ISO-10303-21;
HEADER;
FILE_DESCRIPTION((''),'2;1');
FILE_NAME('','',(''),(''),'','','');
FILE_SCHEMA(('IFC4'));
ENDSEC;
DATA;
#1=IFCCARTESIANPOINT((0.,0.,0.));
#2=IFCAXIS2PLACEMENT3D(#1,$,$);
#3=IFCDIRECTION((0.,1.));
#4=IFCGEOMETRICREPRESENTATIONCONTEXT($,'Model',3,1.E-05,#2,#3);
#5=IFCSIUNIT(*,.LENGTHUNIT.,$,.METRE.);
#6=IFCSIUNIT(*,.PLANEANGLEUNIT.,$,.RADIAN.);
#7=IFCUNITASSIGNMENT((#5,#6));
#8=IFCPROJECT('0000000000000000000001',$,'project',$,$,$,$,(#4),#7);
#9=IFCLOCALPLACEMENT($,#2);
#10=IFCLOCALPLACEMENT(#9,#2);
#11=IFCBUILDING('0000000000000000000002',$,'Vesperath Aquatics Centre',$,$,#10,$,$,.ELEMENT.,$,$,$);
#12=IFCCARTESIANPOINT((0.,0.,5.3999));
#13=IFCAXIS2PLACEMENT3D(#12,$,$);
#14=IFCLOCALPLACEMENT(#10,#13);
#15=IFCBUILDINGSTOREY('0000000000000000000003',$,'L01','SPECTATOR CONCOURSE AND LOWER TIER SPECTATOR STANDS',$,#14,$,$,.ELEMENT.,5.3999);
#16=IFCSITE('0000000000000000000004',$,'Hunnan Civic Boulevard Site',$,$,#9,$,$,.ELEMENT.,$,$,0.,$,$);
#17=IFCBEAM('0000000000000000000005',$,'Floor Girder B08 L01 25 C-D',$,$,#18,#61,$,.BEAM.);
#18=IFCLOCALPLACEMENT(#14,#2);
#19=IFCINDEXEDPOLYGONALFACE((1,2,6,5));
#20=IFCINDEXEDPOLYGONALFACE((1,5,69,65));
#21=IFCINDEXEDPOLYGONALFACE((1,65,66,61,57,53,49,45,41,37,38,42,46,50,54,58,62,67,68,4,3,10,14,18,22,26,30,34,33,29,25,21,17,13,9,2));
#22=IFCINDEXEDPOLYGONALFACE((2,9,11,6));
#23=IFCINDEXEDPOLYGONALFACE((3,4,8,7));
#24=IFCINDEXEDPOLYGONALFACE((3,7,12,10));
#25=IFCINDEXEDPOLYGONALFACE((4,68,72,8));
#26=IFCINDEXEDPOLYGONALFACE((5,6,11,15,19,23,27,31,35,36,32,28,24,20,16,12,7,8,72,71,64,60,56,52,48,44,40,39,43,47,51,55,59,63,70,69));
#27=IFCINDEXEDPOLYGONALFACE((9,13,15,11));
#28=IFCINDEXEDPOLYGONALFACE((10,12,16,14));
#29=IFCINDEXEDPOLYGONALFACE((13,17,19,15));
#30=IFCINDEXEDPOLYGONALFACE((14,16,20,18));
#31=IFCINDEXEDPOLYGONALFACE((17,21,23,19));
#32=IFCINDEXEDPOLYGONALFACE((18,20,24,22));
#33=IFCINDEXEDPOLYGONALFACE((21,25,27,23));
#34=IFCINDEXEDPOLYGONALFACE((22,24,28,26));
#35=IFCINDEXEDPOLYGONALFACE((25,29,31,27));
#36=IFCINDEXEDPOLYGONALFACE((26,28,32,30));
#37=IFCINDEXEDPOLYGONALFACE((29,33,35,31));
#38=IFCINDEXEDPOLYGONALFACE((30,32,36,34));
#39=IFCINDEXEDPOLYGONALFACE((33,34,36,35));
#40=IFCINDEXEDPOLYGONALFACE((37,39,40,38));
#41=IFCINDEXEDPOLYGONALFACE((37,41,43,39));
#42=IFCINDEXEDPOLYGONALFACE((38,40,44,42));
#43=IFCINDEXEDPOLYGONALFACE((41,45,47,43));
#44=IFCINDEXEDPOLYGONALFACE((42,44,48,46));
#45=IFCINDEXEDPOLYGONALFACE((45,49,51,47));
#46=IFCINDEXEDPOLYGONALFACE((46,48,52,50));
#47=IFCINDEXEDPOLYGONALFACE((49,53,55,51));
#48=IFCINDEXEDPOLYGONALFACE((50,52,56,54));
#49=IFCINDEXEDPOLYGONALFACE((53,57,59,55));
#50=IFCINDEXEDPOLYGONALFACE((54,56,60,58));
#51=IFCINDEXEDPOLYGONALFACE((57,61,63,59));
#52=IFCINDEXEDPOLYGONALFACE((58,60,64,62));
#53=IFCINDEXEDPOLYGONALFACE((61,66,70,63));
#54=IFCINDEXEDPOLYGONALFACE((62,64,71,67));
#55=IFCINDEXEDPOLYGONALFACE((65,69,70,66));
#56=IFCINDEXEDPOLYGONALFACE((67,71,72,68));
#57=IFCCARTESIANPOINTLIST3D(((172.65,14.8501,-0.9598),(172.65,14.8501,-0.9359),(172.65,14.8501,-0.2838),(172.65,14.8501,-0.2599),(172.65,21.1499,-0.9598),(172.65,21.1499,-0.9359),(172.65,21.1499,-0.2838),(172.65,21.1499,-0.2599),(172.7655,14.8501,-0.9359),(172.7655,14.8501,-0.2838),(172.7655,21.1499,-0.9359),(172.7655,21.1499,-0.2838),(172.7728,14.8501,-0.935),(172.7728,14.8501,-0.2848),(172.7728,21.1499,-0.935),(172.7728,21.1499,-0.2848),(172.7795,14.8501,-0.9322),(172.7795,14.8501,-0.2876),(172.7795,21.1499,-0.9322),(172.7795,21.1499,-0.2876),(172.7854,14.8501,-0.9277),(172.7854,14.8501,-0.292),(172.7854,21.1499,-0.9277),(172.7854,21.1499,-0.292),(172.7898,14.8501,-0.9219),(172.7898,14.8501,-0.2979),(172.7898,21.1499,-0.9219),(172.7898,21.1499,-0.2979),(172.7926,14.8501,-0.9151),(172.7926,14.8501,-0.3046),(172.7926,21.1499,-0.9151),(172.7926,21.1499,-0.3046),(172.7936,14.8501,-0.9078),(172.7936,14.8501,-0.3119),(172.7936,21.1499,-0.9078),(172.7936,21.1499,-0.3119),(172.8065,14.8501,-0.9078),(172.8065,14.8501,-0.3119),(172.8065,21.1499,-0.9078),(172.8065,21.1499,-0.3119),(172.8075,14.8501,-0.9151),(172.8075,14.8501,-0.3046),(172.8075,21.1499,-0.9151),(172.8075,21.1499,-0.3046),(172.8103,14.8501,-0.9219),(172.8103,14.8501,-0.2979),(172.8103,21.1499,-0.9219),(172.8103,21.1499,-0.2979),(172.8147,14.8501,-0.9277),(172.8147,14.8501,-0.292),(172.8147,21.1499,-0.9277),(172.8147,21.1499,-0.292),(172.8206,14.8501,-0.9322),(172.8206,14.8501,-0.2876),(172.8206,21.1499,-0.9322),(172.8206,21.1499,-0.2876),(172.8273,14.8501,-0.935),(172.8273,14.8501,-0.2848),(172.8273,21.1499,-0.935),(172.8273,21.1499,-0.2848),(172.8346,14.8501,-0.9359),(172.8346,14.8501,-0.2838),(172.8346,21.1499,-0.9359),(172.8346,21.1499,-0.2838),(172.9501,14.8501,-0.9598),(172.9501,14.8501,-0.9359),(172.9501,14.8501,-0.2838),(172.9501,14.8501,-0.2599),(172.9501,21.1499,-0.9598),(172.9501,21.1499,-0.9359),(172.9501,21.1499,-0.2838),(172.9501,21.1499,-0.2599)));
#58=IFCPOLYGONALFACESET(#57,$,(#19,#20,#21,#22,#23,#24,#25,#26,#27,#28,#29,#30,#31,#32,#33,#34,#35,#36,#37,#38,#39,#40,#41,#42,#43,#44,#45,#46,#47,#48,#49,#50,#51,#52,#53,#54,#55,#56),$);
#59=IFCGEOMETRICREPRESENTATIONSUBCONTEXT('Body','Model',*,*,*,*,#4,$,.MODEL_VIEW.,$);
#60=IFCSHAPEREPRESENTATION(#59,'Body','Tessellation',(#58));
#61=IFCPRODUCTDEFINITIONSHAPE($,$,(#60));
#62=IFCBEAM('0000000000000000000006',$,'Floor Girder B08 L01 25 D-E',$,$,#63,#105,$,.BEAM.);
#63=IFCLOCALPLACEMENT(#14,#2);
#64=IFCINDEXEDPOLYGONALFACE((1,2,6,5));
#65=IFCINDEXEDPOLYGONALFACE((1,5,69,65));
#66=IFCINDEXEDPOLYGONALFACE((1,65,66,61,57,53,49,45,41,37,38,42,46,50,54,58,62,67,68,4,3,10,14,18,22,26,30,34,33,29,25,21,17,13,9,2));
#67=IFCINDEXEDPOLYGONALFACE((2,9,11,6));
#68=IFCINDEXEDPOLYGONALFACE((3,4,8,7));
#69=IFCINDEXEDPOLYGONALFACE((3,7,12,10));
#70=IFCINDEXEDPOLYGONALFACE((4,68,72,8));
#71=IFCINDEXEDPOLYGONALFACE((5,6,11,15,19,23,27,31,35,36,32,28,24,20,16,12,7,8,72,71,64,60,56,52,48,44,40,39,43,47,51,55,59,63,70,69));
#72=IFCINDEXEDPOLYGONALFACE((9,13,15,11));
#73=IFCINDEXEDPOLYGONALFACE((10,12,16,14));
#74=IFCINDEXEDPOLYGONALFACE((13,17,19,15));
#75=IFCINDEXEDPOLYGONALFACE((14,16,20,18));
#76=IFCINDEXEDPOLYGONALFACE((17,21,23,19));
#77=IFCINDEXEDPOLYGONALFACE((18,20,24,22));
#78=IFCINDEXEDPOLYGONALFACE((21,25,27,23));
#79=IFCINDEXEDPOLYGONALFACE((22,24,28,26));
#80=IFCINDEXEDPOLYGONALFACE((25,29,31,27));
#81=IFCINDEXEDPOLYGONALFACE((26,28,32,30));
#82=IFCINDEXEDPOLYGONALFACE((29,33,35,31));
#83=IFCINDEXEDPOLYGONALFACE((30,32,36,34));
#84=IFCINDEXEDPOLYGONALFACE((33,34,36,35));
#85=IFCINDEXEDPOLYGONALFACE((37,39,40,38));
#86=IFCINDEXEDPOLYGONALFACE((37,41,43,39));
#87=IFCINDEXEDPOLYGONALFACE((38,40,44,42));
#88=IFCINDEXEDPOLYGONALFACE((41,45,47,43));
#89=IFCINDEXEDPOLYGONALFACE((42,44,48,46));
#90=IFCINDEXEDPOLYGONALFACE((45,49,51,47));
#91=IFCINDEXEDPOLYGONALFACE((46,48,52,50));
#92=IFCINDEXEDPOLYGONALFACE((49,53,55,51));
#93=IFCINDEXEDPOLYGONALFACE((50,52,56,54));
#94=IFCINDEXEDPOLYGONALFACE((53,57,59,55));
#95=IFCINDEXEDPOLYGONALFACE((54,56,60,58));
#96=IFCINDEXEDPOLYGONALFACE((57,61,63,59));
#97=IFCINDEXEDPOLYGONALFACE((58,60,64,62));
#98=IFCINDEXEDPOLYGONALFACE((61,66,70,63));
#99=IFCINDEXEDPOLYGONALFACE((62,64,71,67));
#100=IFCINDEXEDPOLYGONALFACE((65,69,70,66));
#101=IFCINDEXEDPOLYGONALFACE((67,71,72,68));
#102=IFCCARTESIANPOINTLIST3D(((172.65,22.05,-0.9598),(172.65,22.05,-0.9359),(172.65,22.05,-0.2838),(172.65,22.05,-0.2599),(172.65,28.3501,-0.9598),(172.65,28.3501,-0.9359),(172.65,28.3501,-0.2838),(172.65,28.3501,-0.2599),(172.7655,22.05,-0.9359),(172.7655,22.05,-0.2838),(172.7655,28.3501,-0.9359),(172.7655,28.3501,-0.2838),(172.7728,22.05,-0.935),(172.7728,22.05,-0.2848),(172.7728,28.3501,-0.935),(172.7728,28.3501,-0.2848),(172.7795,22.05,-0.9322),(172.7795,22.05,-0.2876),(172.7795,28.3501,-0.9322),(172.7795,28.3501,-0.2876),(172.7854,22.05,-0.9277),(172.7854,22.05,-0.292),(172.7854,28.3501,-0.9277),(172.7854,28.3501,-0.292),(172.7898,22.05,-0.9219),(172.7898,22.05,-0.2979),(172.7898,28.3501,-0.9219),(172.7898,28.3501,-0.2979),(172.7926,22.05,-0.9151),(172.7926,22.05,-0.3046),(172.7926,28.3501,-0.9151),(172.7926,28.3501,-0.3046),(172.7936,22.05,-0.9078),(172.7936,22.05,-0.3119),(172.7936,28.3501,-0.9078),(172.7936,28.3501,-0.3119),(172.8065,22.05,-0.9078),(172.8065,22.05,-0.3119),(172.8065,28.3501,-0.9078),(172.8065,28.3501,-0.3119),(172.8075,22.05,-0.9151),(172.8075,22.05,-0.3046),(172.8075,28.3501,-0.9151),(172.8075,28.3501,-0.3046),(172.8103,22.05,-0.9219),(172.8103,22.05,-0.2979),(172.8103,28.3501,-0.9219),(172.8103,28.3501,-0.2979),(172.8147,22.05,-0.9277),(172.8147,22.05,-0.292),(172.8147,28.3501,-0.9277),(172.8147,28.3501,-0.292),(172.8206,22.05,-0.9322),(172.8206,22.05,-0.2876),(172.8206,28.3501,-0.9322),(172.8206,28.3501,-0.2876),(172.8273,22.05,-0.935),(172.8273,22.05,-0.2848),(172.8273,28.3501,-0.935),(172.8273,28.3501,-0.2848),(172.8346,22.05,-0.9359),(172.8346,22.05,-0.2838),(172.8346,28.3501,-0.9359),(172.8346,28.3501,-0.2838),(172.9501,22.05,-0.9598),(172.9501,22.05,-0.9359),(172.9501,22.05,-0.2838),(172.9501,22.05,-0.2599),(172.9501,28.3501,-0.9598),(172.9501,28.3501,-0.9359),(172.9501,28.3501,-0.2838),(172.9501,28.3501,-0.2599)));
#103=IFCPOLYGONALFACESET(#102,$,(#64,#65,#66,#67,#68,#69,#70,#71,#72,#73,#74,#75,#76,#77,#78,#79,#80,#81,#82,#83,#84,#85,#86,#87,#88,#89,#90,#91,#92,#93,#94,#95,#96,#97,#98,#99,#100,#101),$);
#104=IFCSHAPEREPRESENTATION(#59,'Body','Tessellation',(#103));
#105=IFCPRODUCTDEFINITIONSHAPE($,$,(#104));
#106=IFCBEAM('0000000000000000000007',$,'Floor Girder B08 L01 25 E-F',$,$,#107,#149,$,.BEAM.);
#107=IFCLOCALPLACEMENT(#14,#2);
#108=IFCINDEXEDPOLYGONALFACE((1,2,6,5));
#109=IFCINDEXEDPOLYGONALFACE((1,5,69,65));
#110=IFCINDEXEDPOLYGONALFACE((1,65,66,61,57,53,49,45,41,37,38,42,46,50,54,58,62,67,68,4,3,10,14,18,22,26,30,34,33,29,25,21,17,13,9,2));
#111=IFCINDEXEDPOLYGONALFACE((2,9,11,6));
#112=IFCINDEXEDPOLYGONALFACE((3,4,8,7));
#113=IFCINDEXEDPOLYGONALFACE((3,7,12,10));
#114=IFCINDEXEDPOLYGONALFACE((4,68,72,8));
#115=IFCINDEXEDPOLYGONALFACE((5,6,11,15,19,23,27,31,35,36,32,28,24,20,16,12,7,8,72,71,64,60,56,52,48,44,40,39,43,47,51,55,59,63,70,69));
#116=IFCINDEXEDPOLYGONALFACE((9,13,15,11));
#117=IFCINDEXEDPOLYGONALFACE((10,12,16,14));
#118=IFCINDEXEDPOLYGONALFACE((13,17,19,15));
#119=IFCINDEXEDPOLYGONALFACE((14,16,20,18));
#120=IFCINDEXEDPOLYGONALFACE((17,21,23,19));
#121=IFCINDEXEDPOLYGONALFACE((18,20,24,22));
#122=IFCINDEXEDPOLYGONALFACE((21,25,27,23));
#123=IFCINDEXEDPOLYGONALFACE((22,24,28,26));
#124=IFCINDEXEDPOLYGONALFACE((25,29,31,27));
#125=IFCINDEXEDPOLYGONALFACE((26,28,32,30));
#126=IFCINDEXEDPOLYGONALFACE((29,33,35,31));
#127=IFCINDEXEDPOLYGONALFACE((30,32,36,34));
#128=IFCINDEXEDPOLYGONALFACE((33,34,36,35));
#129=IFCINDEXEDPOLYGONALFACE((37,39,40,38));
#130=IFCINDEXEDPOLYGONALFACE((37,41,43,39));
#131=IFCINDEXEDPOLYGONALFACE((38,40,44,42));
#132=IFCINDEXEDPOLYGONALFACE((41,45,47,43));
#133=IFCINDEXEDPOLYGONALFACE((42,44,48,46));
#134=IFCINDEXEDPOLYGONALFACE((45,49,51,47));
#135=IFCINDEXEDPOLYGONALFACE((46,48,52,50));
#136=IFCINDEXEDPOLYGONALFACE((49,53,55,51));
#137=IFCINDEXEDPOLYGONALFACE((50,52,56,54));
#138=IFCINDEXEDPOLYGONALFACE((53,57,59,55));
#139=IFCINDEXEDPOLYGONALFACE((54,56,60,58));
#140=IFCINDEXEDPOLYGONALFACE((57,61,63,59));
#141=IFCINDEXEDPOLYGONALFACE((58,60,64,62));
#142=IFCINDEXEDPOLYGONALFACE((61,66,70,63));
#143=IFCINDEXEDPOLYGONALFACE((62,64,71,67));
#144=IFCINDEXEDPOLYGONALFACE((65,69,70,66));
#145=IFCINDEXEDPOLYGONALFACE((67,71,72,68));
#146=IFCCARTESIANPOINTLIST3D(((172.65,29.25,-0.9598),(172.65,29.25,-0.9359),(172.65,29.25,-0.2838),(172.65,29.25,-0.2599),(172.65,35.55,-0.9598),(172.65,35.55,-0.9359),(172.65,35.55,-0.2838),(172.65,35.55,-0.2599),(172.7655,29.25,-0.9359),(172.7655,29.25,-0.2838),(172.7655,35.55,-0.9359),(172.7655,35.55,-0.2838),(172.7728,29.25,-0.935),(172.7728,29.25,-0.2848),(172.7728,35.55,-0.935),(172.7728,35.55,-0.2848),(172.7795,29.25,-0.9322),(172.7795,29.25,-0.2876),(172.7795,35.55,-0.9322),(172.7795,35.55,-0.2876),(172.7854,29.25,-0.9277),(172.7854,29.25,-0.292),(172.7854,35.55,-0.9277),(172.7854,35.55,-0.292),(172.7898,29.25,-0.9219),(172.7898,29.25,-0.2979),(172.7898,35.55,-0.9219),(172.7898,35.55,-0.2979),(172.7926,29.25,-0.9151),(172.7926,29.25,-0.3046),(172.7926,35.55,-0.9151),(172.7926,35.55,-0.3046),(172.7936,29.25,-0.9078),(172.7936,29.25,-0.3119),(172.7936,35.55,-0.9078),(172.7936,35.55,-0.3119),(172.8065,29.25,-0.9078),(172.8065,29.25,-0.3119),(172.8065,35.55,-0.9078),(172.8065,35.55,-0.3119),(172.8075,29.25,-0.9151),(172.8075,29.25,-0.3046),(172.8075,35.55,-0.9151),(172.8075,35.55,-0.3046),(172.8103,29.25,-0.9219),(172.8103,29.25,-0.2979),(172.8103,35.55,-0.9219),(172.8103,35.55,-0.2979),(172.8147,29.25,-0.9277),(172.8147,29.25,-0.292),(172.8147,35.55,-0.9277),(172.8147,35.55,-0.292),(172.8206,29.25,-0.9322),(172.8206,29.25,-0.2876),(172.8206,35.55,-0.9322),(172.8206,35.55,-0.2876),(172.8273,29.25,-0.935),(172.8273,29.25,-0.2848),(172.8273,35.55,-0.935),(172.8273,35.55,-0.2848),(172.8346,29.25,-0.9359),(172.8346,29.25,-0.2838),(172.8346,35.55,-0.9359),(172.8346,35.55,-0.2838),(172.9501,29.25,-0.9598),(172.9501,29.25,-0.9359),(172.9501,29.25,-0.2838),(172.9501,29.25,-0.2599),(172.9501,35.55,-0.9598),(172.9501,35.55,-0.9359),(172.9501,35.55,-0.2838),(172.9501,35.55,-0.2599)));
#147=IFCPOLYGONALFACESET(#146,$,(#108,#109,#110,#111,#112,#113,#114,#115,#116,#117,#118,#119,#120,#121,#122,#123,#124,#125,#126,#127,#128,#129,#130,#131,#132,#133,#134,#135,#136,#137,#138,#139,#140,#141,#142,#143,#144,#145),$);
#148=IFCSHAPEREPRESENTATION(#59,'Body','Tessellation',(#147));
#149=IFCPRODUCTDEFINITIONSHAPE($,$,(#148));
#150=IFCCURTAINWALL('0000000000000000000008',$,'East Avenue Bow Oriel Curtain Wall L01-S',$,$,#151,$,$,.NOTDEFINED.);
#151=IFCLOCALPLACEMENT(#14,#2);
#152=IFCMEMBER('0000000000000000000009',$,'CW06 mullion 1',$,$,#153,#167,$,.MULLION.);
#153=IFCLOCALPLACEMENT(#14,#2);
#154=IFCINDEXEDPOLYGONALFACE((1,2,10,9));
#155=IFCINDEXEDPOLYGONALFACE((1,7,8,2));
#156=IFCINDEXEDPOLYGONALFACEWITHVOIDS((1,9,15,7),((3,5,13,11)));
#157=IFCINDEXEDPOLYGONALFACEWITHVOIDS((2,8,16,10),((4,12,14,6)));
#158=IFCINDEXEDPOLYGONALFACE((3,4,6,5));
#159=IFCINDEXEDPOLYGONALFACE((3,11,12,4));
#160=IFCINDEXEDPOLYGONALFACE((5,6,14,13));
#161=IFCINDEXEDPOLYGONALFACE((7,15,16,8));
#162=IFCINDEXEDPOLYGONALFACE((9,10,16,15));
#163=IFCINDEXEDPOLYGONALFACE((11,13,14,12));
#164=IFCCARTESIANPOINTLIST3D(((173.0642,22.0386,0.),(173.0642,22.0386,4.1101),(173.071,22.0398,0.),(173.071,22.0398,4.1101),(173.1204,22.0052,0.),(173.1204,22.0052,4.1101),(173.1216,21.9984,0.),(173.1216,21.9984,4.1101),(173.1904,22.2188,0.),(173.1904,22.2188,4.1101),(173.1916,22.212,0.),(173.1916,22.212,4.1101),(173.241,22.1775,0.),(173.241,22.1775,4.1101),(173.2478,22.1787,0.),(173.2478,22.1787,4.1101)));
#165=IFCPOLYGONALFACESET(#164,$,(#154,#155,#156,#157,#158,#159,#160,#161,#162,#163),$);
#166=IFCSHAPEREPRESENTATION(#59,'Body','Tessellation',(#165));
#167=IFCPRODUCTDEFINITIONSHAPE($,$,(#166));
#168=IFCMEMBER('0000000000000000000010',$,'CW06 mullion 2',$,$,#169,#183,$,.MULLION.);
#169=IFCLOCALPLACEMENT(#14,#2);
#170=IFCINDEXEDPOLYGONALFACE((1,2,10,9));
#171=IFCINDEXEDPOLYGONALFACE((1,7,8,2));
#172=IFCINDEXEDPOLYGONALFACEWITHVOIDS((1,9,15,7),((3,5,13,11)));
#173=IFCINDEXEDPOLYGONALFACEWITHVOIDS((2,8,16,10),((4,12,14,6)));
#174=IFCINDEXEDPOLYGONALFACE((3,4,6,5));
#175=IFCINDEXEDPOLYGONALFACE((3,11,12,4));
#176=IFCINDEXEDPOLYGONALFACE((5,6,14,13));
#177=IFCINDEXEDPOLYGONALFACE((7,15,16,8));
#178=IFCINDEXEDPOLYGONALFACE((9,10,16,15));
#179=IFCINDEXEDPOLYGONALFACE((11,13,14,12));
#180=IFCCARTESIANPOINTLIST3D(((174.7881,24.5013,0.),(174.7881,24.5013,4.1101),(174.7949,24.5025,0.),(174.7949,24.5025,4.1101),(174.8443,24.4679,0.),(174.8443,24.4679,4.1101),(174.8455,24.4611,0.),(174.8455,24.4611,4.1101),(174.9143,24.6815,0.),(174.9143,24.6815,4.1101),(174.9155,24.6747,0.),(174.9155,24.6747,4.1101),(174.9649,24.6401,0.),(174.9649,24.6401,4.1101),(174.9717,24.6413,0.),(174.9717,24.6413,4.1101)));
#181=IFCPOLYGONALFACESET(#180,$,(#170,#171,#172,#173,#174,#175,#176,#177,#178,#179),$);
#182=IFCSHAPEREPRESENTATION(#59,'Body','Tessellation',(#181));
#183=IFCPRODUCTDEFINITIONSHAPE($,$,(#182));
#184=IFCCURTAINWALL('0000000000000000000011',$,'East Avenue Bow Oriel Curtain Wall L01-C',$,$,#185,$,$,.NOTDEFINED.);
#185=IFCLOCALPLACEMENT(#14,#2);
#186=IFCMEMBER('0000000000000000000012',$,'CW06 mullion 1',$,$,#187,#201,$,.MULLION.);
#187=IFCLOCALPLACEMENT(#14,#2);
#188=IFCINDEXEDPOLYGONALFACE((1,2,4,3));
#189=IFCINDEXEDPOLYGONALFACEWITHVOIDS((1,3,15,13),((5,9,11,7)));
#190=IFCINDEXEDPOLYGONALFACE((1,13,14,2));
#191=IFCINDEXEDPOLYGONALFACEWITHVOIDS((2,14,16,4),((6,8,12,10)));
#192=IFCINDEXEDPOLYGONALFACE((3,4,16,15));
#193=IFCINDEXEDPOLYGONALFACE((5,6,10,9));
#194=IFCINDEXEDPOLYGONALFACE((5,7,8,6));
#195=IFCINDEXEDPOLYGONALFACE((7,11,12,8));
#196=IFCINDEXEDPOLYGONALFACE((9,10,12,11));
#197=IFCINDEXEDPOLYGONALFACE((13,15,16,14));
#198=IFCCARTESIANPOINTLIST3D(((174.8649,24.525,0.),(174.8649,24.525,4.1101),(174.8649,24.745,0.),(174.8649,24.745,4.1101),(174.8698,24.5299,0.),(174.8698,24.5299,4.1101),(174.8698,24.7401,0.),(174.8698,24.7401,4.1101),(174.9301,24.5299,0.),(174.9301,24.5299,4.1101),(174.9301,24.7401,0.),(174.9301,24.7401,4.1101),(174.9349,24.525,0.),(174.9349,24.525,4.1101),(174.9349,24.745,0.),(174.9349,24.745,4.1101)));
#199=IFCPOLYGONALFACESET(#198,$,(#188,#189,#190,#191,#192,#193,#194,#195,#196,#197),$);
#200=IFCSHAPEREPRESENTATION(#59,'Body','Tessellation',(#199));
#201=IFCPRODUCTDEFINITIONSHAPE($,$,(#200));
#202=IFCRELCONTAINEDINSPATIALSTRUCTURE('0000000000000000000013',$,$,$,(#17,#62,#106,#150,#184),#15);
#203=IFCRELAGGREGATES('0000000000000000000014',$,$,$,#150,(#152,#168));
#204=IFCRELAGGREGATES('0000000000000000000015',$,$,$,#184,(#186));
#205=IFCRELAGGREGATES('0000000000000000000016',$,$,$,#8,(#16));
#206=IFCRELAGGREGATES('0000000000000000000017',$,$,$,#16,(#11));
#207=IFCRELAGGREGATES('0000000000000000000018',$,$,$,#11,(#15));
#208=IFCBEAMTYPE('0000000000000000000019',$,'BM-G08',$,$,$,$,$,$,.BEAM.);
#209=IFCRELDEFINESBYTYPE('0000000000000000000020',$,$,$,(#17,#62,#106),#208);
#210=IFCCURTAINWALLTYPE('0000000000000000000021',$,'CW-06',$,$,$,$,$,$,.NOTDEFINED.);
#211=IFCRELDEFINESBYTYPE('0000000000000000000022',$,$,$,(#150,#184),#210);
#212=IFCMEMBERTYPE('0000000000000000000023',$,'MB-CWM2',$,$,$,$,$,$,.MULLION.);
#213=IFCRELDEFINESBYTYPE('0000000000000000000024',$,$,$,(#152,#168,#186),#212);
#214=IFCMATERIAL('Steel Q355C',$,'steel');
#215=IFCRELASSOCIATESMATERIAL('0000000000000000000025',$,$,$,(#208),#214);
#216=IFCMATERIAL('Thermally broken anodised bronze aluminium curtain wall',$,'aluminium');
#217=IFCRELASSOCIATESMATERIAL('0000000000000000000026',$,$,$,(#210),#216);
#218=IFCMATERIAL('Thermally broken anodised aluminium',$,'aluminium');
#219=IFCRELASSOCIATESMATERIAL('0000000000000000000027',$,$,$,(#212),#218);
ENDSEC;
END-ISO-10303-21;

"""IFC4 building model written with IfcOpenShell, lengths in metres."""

from ifc_helpers import new_model, si_unit, direction, frame, origin, origin_2d, place, context, subcontext, project, spatial, hollow_rectangle, i_section, extrude, material, material_profile, profile_set, type_object, element, aggregate, save


model = new_model("IFC4")

# Units and contexts
model_context = context("Model", 3, precision=1e-05, world=origin(), true_north=direction((0.0, 1.0)))
body_context = subcontext(model_context, "Body", "Model", "MODEL_VIEW")
ifc_project = project(units=[si_unit("LENGTHUNIT", "METRE"), si_unit("PLANEANGLEUNIT", "RADIAN")], contexts=[model_context])

# Site, building, storey
site_placement = place(None, origin())
site = spatial("IfcSite", under=ifc_project, at=site_placement, Name="Hunnan Civic Boulevard Site", CompositionType="ELEMENT", RefElevation=0.0)
building_placement = place(site_placement, origin())
building = spatial("IfcBuilding", under=site, at=building_placement, Name="Vesperath Aquatics Centre", CompositionType="ELEMENT")
storey_placement = place(building_placement, frame((0.0, 0.0, 5.3999)))
storey = spatial("IfcBuildingStorey", under=building, at=storey_placement, Name="L01", Description="SPECTATOR CONCOURSE AND LOWER TIER SPECTATOR STANDS", CompositionType="ELEMENT", Elevation=5.3999)

# Beams
ifc_material_1 = material(Name="Steel Q355C", Category="steel")
ifc_material_profile_1 = material_profile(ifc_material_1, i_section(OverallWidth=0.3, OverallDepth=0.7, WebThickness=0.0129, FlangeThickness=0.0239, FilletRadius=0.0281, at=origin_2d()), Name="HN 700x300x13x24")
ifc_profile_set_1 = profile_set([ifc_material_profile_1], Name="Steel Q355C")
beam_type_1 = type_object("IfcBeamType", Name="BM-G08", PredefinedType="BEAM", material=ifc_profile_set_1)
beam_placement = place(storey_placement, frame((172.8, 14.8501, -0.6099), z_axis=(0.0, 1.0, 0.0), x_axis=(-1.0, 0.0, 0.0)))
element("IfcBeam", 1, at=beam_placement, inside=storey, type_object=beam_type_1, Name="Floor Girder B08 L01 25 C-D", PredefinedType="BEAM", context=body_context, shape_type="SweptSolid", body=[
    extrude(i_section(OverallWidth=0.3, OverallDepth=0.7, WebThickness=0.0129, FlangeThickness=0.0239, FilletRadius=0.0281, at=origin_2d()), origin(), (0.0, 0.0, 1.0), 6.2998),
])
for number, where, z_axis, x_axis, name in (
    (2, (172.8, 22.05, -0.6099), (0.0, 1.0, 0.0), (-1.0, 0.0, 0.0), "Floor Girder B08 L01 25 D-E"),
    (3, (172.8, 29.25, -0.6099), (0.0, 1.0, 0.0), (-1.0, 0.0, 0.0), "Floor Girder B08 L01 25 E-F"),
):
    element("IfcBeam", number, at=place(storey_placement, frame(where, z_axis=z_axis, x_axis=x_axis)), inside=storey, type_object=beam_type_1, Name=name, PredefinedType="BEAM", context=body_context, shape_type="SweptSolid", body=[
        extrude(i_section(OverallWidth=0.3, OverallDepth=0.7, WebThickness=0.0129, FlangeThickness=0.0239, FilletRadius=0.0281, at=origin_2d()), origin(), (0.0, 0.0, 1.0), 6.3),
    ])

# Curtain walls, members
ifc_material_2 = material(Name="Thermally broken anodised bronze aluminium curtain wall", Category="aluminium")
curtain_wall_type = type_object("IfcCurtainWallType", Name="CW-06", PredefinedType="NOTDEFINED", material=ifc_material_2)
curtain_wall_1_placement = place(storey_placement, origin())
curtain_wall_1 = element("IfcCurtainWall", 4, at=curtain_wall_1_placement, inside=storey, type_object=curtain_wall_type, Name="East Avenue Bow Oriel Curtain Wall L01-S", PredefinedType="NOTDEFINED")
ifc_material_3 = material(Name="Thermally broken anodised aluminium", Category="aluminium")
ifc_material_profile_2 = material_profile(ifc_material_3, hollow_rectangle(XDim=0.0701, YDim=0.22, WallThickness=0.0049, at=origin_2d()), Name="CWM 70x220x5")
ifc_profile_set_2 = profile_set([ifc_material_profile_2], Name="Thermally broken anodised aluminium")
member_type_1 = type_object("IfcMemberType", Name="MB-CWM2", PredefinedType="MULLION", material=ifc_profile_set_2)
member_1_placement = place(storey_placement, frame((173.156, 22.1086, 0.0), z_axis=(0.0, 0.0, 1.0), x_axis=(-0.819232, 0.573462, 0.0)))
member_1 = element("IfcMember", 5, at=member_1_placement, type_object=member_type_1, Name="CW06 mullion 1", PredefinedType="MULLION", context=body_context, shape_type="SweptSolid", body=[
    extrude(hollow_rectangle(XDim=0.0701, YDim=0.22, WallThickness=0.0049, at=origin_2d()), origin(), (0.0, 0.0, 1.0), 4.1101),
])
member_2_placement = place(storey_placement, frame((174.8799, 24.5713, 0.0), z_axis=(0.0, 0.0, 1.0), x_axis=(-0.819232, 0.573462, 0.0)))
member_2 = element("IfcMember", 6, at=member_2_placement, type_object=member_type_1, Name="CW06 mullion 2", PredefinedType="MULLION", context=body_context, shape_type="SweptSolid", body=[
    extrude(hollow_rectangle(XDim=0.0701, YDim=0.22, WallThickness=0.0049, at=origin_2d()), origin(), (0.0, 0.0, 1.0), 4.1101),
])
curtain_wall_2_placement = place(storey_placement, origin())
curtain_wall_2 = element("IfcCurtainWall", 7, at=curtain_wall_2_placement, inside=storey, type_object=curtain_wall_type, Name="East Avenue Bow Oriel Curtain Wall L01-C", PredefinedType="NOTDEFINED")
member_3_placement = place(storey_placement, frame((174.8999, 24.635, 0.0), z_axis=(0.0, 0.0, 1.0), x_axis=(-1.0, 0.0, 0.0)))
member_3 = element("IfcMember", 8, at=member_3_placement, type_object=member_type_1, Name="CW06 mullion 1", PredefinedType="MULLION", context=body_context, shape_type="SweptSolid", body=[
    extrude(hollow_rectangle(XDim=0.0701, YDim=0.22, WallThickness=0.0049, at=origin_2d()), origin(), (0.0, 0.0, 1.0), 4.1101),
])

aggregate(curtain_wall_1, [member_1, member_2])
aggregate(curtain_wall_2, [member_3])

save(model, "model.ifc")
